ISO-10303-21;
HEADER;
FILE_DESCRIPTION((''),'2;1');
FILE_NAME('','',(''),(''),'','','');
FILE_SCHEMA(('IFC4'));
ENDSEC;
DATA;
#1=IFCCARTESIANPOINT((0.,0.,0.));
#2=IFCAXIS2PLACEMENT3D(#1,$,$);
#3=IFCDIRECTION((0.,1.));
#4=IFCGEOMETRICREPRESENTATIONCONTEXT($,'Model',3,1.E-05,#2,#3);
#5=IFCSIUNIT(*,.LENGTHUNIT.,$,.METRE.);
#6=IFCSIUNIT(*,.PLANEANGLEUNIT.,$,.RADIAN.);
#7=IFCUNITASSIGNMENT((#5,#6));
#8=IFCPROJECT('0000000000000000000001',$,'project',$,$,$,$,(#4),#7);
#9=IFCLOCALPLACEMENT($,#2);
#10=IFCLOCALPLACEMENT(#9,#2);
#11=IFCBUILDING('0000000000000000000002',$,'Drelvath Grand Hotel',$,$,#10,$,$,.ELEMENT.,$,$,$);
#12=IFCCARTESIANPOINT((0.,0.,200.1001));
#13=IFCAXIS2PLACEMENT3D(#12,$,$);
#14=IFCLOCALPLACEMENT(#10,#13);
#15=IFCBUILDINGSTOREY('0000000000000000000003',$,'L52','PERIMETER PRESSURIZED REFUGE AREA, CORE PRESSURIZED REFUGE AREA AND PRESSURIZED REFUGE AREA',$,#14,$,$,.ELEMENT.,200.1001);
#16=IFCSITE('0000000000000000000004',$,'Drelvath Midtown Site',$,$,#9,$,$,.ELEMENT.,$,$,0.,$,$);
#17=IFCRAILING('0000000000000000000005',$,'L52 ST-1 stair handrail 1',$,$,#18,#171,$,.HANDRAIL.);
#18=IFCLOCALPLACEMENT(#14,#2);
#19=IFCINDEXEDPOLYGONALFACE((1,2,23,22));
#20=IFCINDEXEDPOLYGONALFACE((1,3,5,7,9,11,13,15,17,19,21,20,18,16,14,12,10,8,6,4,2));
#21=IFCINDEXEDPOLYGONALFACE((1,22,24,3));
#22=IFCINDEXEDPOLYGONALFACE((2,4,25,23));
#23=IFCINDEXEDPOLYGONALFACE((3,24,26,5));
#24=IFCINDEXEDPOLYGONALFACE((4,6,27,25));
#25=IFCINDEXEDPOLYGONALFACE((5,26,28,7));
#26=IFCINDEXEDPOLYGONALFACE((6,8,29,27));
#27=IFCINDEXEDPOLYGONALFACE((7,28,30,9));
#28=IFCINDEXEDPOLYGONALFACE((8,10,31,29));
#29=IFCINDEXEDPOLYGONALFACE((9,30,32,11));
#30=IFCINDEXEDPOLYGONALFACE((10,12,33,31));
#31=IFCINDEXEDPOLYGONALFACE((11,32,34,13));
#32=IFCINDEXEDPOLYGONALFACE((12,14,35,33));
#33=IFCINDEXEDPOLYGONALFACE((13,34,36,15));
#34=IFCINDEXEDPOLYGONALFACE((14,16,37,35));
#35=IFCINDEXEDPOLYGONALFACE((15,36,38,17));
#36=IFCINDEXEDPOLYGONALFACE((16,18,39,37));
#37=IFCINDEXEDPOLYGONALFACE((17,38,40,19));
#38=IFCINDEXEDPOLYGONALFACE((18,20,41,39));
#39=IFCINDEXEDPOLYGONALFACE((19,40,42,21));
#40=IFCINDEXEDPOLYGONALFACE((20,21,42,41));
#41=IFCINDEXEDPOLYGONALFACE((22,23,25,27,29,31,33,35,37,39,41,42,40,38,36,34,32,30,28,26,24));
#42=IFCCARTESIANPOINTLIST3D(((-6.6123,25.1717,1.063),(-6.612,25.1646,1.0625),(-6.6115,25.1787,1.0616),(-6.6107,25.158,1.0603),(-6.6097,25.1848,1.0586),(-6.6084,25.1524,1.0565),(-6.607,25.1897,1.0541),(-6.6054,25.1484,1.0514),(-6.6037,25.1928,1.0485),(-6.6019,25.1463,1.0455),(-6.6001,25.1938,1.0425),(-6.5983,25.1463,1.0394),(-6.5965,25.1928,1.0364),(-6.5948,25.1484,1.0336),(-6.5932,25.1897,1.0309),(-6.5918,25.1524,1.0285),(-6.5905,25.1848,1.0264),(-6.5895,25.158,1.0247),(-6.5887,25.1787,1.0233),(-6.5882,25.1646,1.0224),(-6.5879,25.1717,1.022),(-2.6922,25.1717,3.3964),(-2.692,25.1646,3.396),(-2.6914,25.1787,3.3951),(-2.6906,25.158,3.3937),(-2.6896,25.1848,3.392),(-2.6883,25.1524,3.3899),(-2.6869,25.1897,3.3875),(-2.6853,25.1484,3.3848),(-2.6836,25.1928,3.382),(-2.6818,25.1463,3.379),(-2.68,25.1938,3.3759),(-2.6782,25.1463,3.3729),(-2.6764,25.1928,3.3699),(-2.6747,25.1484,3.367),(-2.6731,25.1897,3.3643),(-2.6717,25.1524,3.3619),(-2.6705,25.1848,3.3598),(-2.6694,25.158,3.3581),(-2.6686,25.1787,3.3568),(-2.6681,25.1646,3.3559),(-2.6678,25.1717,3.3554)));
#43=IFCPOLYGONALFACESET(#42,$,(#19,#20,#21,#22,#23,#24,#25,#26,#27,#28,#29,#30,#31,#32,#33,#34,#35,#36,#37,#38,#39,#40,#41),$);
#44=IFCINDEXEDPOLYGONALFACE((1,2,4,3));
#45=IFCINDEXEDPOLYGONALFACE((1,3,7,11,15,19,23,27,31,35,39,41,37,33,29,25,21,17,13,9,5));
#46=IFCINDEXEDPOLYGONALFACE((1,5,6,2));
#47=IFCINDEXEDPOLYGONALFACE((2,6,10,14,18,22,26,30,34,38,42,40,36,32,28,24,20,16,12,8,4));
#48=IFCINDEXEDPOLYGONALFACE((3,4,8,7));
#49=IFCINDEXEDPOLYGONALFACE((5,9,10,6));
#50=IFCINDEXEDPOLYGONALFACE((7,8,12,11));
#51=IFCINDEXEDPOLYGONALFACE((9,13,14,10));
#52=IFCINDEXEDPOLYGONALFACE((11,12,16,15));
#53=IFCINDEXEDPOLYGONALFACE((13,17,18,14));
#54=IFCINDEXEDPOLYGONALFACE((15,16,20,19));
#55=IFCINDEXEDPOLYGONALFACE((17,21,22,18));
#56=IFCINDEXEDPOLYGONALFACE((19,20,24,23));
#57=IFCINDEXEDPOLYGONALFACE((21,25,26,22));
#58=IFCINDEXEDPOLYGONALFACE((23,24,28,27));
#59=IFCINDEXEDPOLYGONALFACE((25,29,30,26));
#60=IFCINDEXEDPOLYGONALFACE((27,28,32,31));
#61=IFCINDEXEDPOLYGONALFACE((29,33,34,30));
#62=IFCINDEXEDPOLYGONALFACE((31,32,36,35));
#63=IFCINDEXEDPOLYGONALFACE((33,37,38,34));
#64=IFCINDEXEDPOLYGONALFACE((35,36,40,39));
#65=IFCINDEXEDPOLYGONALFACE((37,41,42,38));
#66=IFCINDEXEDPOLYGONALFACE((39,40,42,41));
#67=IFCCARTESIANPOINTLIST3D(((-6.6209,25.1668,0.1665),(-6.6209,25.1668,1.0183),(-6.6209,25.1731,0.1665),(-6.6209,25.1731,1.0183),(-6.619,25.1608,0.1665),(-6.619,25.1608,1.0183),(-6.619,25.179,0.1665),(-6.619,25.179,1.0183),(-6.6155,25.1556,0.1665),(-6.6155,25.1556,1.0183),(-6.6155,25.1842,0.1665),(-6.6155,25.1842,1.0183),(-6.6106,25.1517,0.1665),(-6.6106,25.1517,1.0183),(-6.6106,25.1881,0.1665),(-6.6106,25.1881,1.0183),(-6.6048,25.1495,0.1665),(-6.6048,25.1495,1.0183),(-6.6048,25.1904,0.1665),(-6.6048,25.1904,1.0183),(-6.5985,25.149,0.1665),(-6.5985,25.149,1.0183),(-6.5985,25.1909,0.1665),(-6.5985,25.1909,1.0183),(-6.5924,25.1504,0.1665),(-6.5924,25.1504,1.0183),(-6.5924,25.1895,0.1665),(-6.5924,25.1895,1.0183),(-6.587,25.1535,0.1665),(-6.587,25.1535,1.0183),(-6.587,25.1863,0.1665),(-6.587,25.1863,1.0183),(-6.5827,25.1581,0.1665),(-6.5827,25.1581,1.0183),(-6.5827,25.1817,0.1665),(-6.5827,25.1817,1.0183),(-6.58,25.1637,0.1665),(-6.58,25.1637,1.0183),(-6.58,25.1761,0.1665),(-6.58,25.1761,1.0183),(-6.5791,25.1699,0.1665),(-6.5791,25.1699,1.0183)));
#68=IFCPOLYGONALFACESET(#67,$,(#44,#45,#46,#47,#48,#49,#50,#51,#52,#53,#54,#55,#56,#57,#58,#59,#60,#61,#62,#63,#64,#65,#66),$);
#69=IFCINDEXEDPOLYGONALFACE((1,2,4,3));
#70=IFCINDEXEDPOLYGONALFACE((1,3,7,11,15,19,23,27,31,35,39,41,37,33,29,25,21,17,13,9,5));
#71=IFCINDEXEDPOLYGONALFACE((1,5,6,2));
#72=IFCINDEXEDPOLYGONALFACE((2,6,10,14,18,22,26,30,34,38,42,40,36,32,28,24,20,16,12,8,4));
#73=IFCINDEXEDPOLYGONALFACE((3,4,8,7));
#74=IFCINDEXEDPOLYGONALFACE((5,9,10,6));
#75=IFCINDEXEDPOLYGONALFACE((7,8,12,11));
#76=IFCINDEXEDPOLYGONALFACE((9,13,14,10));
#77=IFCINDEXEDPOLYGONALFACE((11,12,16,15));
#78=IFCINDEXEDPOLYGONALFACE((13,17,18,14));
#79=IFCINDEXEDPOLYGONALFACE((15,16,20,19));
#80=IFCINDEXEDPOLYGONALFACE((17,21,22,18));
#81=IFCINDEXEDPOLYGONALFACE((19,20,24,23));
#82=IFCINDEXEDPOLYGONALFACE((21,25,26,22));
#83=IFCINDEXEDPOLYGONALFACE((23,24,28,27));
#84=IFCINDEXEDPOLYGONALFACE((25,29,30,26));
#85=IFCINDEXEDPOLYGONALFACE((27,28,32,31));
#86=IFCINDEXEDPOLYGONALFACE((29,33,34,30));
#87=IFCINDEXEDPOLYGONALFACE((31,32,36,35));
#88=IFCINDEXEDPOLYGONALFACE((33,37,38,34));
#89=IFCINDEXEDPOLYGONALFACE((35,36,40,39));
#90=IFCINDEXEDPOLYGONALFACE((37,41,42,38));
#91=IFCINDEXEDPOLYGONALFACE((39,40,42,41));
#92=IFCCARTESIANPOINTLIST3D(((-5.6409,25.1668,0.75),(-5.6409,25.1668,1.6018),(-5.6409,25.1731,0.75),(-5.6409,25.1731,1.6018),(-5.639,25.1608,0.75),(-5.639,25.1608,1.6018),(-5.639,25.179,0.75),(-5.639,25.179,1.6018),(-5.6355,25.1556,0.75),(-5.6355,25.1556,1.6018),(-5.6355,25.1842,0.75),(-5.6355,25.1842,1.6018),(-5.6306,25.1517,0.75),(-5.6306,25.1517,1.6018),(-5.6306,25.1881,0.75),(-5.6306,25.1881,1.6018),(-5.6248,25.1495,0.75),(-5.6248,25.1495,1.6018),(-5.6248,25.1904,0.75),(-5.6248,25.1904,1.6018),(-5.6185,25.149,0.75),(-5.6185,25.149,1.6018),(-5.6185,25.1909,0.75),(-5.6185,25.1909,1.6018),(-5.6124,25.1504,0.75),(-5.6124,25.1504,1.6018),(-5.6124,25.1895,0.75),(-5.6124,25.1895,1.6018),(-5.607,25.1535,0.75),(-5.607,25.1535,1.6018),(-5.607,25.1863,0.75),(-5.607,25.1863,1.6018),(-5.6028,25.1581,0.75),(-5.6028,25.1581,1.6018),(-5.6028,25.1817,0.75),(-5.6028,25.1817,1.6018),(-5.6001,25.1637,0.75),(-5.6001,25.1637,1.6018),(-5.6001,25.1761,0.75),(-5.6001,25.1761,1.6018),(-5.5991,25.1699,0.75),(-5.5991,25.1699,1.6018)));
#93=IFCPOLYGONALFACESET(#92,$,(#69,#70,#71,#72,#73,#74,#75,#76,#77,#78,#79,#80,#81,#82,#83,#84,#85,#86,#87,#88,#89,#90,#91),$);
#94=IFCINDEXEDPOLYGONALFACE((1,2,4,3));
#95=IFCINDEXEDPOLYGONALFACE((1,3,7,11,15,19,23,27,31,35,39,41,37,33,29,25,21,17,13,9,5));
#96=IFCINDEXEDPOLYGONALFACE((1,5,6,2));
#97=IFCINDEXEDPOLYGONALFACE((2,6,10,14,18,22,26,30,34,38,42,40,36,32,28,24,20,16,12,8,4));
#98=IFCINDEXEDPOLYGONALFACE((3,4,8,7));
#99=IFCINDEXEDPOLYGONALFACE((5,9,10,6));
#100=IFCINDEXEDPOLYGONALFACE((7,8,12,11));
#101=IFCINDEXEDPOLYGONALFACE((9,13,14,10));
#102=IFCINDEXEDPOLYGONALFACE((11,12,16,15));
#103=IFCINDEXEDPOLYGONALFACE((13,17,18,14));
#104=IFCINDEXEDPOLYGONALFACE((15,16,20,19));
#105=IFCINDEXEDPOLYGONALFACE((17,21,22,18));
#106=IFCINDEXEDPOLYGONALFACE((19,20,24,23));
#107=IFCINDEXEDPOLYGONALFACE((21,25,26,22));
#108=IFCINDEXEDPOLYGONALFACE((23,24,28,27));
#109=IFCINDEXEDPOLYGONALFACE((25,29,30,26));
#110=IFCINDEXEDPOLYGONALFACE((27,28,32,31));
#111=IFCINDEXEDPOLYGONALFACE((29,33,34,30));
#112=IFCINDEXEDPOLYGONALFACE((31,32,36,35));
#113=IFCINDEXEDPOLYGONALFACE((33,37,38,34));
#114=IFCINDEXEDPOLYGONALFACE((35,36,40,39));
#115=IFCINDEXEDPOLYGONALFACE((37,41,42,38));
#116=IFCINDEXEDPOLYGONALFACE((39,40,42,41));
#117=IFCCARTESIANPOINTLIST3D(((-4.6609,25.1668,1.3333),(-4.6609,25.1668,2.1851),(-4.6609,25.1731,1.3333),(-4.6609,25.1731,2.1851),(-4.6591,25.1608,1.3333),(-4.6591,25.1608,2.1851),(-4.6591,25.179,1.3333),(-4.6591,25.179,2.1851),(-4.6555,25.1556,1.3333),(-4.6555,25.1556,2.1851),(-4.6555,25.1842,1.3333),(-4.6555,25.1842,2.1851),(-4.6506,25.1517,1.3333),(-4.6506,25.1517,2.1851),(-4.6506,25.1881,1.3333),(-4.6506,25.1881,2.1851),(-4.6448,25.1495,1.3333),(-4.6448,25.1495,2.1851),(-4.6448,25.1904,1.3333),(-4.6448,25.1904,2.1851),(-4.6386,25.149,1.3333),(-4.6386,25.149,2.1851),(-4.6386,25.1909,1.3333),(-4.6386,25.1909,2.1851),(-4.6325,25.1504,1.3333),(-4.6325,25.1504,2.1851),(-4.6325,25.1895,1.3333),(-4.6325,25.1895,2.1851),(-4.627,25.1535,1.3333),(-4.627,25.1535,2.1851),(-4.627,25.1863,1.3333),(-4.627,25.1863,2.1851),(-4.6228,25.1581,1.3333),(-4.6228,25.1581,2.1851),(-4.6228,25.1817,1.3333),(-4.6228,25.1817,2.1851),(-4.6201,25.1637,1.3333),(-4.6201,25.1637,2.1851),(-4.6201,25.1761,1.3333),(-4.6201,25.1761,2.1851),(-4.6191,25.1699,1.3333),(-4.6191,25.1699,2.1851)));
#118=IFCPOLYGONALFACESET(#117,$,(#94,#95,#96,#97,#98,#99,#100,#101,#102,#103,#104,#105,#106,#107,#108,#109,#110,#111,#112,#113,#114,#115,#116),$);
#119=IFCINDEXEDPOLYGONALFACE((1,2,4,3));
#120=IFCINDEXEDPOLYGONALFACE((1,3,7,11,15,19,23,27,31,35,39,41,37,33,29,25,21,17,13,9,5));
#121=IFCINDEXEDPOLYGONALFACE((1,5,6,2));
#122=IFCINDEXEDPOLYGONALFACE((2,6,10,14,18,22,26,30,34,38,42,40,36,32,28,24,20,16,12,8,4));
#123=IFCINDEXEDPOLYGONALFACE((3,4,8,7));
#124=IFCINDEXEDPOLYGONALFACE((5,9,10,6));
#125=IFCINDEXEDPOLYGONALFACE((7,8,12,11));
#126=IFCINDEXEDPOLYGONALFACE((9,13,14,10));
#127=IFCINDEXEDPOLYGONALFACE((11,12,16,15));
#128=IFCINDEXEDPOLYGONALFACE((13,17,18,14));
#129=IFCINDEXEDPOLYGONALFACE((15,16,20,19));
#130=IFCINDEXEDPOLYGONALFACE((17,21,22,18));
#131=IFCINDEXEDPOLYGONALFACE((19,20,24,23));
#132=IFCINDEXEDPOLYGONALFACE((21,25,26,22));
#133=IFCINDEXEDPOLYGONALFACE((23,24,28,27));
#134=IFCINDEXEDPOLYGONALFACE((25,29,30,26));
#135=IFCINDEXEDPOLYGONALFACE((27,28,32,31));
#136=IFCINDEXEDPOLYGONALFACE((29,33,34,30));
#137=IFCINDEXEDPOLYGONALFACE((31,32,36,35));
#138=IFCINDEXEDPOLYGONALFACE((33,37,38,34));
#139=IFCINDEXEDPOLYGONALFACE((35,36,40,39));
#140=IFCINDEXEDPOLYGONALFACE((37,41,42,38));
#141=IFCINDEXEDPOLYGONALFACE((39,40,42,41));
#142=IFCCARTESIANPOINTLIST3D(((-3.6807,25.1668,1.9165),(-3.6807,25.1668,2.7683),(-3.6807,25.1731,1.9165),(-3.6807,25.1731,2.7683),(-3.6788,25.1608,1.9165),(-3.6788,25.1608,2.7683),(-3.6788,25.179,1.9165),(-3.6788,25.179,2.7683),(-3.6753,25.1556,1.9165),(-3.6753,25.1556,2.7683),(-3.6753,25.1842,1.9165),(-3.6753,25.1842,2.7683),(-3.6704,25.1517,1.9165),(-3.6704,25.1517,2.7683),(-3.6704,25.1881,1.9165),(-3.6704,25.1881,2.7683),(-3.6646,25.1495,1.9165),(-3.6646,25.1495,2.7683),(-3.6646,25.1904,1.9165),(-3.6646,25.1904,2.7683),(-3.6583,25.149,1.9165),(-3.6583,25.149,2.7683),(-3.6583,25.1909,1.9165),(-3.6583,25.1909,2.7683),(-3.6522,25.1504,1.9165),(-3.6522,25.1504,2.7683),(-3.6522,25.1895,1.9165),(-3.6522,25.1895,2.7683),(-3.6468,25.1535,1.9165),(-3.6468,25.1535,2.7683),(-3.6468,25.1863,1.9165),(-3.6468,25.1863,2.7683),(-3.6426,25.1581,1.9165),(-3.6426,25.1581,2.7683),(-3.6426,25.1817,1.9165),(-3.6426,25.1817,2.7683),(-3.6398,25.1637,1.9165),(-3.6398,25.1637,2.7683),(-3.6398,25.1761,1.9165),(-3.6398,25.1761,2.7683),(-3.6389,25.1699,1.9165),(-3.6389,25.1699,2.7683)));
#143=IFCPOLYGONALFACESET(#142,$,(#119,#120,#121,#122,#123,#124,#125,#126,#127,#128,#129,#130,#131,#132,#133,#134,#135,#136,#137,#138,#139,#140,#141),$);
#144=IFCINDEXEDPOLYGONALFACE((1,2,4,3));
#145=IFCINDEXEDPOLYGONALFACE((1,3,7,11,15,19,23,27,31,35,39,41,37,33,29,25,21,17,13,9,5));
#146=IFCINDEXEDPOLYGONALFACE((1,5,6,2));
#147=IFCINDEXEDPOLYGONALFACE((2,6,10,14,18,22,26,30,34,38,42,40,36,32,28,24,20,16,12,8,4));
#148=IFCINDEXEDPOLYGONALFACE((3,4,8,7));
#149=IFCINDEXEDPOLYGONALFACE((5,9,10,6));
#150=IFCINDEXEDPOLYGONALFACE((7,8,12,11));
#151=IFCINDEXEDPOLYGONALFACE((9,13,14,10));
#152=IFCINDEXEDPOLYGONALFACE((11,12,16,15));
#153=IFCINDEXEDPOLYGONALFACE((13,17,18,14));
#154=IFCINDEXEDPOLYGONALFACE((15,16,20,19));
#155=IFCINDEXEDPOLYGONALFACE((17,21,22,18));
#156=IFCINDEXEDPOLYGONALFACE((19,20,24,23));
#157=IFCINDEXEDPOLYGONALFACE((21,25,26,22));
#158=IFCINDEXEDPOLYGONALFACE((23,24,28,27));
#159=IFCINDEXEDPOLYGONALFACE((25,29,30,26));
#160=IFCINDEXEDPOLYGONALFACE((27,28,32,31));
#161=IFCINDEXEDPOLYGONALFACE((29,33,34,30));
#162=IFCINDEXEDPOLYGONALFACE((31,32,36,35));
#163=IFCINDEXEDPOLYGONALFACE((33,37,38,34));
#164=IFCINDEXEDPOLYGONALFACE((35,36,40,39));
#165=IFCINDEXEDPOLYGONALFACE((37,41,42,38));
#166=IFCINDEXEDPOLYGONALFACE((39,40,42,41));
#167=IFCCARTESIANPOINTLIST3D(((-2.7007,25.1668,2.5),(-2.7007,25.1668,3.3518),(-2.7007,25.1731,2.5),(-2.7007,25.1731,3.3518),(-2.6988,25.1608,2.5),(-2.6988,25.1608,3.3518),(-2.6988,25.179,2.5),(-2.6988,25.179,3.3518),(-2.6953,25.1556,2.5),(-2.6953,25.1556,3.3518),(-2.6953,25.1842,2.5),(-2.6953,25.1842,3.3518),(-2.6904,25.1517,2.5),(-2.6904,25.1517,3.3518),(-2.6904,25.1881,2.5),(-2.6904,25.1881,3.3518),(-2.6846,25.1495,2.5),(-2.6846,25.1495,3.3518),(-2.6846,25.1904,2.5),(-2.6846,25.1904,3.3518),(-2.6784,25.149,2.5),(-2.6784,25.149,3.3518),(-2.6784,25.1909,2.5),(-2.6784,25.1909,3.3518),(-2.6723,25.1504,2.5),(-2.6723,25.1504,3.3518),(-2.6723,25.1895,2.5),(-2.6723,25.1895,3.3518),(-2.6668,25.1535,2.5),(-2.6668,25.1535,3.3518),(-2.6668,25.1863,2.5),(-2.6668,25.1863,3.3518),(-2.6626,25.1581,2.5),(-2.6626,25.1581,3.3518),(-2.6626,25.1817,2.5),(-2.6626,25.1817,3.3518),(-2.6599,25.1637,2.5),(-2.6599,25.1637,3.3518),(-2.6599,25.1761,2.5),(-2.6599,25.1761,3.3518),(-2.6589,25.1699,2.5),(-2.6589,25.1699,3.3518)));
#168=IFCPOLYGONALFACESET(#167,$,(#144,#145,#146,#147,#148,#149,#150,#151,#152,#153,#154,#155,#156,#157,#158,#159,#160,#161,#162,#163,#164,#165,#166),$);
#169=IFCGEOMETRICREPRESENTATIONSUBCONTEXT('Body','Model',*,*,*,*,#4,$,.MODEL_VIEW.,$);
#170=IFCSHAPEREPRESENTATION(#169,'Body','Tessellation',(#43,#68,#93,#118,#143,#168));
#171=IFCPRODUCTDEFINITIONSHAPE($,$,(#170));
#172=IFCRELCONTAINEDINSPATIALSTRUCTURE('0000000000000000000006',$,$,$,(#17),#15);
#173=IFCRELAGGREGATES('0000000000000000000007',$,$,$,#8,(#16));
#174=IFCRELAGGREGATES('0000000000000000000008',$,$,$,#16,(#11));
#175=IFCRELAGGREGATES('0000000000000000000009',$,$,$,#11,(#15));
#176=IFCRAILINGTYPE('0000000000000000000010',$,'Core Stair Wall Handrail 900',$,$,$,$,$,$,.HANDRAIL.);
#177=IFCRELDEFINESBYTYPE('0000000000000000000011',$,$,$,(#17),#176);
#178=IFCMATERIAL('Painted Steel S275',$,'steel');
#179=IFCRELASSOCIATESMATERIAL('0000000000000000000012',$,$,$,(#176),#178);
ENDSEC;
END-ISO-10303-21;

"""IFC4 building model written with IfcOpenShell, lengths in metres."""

from ifc_helpers import new_model, si_unit, direction, frame, origin, origin_2d, place, context, subcontext, project, spatial, circle, extrude, material, type_object, element, save


model = new_model("IFC4")

# Units and contexts
model_context = context("Model", 3, precision=1e-05, world=origin(), true_north=direction((0.0, 1.0)))
body_context = subcontext(model_context, "Body", "Model", "MODEL_VIEW")
ifc_project = project(units=[si_unit("LENGTHUNIT", "METRE"), si_unit("PLANEANGLEUNIT", "RADIAN")], contexts=[model_context])

# Site, building, storey
site_placement = place(None, origin())
site = spatial("IfcSite", under=ifc_project, at=site_placement, Name="Drelvath Midtown Site", CompositionType="ELEMENT", RefElevation=0.0)
building_placement = place(site_placement, origin())
building = spatial("IfcBuilding", under=site, at=building_placement, Name="Drelvath Grand Hotel", CompositionType="ELEMENT")
storey_placement = place(building_placement, frame((0.0, 0.0, 200.1001)))
storey = spatial("IfcBuildingStorey", under=building, at=storey_placement, Name="L52", Description="PERIMETER PRESSURIZED REFUGE AREA, CORE PRESSURIZED REFUGE AREA AND PRESSURIZED REFUGE AREA", CompositionType="ELEMENT", Elevation=200.1001)

# Shared definitions
ifc_material_1 = material(Name="Painted Steel S275", Category="steel")

# Railing
railing_type_1 = type_object("IfcRailingType", Name="Core Stair Wall Handrail 900", PredefinedType="HANDRAIL", material=ifc_material_1)
railing_1_placement = place(storey_placement, frame((-6.6001, 25.1699, 0.1665)))
element("IfcRailing", 1, at=railing_1_placement, inside=storey, type_object=railing_type_1, Name="L52 ST-1 stair handrail 1", PredefinedType="HANDRAIL", context=body_context, shape_type="SweptSolid", body=[
    extrude(circle(Radius=0.0239, at=origin_2d()), frame((0.0, 0.0, 0.876), z_axis=(0.859287, 0.0, 0.511494), x_axis=(0.0, 1.0, 0.0)), (0.0, 0.0, 1.0), 4.562),
    extrude(circle(Radius=0.021, at=origin_2d()), origin(), (0.0, 0.0, 1.0), 0.8518),
    extrude(circle(Radius=0.021, at=origin_2d()), frame((0.98, 0.0, 0.5835)), (0.0, 0.0, 1.0), 0.8518),
    extrude(circle(Radius=0.021, at=origin_2d()), frame((1.96, 0.0, 1.1667)), (0.0, 0.0, 1.0), 0.8518),
    extrude(circle(Radius=0.021, at=origin_2d()), frame((2.9402, 0.0, 1.75)), (0.0, 0.0, 1.0), 0.8518),
    extrude(circle(Radius=0.021, at=origin_2d()), frame((3.9202, 0.0, 2.3335)), (0.0, 0.0, 1.0), 0.8518),
])

save(model, "model.ifc")
